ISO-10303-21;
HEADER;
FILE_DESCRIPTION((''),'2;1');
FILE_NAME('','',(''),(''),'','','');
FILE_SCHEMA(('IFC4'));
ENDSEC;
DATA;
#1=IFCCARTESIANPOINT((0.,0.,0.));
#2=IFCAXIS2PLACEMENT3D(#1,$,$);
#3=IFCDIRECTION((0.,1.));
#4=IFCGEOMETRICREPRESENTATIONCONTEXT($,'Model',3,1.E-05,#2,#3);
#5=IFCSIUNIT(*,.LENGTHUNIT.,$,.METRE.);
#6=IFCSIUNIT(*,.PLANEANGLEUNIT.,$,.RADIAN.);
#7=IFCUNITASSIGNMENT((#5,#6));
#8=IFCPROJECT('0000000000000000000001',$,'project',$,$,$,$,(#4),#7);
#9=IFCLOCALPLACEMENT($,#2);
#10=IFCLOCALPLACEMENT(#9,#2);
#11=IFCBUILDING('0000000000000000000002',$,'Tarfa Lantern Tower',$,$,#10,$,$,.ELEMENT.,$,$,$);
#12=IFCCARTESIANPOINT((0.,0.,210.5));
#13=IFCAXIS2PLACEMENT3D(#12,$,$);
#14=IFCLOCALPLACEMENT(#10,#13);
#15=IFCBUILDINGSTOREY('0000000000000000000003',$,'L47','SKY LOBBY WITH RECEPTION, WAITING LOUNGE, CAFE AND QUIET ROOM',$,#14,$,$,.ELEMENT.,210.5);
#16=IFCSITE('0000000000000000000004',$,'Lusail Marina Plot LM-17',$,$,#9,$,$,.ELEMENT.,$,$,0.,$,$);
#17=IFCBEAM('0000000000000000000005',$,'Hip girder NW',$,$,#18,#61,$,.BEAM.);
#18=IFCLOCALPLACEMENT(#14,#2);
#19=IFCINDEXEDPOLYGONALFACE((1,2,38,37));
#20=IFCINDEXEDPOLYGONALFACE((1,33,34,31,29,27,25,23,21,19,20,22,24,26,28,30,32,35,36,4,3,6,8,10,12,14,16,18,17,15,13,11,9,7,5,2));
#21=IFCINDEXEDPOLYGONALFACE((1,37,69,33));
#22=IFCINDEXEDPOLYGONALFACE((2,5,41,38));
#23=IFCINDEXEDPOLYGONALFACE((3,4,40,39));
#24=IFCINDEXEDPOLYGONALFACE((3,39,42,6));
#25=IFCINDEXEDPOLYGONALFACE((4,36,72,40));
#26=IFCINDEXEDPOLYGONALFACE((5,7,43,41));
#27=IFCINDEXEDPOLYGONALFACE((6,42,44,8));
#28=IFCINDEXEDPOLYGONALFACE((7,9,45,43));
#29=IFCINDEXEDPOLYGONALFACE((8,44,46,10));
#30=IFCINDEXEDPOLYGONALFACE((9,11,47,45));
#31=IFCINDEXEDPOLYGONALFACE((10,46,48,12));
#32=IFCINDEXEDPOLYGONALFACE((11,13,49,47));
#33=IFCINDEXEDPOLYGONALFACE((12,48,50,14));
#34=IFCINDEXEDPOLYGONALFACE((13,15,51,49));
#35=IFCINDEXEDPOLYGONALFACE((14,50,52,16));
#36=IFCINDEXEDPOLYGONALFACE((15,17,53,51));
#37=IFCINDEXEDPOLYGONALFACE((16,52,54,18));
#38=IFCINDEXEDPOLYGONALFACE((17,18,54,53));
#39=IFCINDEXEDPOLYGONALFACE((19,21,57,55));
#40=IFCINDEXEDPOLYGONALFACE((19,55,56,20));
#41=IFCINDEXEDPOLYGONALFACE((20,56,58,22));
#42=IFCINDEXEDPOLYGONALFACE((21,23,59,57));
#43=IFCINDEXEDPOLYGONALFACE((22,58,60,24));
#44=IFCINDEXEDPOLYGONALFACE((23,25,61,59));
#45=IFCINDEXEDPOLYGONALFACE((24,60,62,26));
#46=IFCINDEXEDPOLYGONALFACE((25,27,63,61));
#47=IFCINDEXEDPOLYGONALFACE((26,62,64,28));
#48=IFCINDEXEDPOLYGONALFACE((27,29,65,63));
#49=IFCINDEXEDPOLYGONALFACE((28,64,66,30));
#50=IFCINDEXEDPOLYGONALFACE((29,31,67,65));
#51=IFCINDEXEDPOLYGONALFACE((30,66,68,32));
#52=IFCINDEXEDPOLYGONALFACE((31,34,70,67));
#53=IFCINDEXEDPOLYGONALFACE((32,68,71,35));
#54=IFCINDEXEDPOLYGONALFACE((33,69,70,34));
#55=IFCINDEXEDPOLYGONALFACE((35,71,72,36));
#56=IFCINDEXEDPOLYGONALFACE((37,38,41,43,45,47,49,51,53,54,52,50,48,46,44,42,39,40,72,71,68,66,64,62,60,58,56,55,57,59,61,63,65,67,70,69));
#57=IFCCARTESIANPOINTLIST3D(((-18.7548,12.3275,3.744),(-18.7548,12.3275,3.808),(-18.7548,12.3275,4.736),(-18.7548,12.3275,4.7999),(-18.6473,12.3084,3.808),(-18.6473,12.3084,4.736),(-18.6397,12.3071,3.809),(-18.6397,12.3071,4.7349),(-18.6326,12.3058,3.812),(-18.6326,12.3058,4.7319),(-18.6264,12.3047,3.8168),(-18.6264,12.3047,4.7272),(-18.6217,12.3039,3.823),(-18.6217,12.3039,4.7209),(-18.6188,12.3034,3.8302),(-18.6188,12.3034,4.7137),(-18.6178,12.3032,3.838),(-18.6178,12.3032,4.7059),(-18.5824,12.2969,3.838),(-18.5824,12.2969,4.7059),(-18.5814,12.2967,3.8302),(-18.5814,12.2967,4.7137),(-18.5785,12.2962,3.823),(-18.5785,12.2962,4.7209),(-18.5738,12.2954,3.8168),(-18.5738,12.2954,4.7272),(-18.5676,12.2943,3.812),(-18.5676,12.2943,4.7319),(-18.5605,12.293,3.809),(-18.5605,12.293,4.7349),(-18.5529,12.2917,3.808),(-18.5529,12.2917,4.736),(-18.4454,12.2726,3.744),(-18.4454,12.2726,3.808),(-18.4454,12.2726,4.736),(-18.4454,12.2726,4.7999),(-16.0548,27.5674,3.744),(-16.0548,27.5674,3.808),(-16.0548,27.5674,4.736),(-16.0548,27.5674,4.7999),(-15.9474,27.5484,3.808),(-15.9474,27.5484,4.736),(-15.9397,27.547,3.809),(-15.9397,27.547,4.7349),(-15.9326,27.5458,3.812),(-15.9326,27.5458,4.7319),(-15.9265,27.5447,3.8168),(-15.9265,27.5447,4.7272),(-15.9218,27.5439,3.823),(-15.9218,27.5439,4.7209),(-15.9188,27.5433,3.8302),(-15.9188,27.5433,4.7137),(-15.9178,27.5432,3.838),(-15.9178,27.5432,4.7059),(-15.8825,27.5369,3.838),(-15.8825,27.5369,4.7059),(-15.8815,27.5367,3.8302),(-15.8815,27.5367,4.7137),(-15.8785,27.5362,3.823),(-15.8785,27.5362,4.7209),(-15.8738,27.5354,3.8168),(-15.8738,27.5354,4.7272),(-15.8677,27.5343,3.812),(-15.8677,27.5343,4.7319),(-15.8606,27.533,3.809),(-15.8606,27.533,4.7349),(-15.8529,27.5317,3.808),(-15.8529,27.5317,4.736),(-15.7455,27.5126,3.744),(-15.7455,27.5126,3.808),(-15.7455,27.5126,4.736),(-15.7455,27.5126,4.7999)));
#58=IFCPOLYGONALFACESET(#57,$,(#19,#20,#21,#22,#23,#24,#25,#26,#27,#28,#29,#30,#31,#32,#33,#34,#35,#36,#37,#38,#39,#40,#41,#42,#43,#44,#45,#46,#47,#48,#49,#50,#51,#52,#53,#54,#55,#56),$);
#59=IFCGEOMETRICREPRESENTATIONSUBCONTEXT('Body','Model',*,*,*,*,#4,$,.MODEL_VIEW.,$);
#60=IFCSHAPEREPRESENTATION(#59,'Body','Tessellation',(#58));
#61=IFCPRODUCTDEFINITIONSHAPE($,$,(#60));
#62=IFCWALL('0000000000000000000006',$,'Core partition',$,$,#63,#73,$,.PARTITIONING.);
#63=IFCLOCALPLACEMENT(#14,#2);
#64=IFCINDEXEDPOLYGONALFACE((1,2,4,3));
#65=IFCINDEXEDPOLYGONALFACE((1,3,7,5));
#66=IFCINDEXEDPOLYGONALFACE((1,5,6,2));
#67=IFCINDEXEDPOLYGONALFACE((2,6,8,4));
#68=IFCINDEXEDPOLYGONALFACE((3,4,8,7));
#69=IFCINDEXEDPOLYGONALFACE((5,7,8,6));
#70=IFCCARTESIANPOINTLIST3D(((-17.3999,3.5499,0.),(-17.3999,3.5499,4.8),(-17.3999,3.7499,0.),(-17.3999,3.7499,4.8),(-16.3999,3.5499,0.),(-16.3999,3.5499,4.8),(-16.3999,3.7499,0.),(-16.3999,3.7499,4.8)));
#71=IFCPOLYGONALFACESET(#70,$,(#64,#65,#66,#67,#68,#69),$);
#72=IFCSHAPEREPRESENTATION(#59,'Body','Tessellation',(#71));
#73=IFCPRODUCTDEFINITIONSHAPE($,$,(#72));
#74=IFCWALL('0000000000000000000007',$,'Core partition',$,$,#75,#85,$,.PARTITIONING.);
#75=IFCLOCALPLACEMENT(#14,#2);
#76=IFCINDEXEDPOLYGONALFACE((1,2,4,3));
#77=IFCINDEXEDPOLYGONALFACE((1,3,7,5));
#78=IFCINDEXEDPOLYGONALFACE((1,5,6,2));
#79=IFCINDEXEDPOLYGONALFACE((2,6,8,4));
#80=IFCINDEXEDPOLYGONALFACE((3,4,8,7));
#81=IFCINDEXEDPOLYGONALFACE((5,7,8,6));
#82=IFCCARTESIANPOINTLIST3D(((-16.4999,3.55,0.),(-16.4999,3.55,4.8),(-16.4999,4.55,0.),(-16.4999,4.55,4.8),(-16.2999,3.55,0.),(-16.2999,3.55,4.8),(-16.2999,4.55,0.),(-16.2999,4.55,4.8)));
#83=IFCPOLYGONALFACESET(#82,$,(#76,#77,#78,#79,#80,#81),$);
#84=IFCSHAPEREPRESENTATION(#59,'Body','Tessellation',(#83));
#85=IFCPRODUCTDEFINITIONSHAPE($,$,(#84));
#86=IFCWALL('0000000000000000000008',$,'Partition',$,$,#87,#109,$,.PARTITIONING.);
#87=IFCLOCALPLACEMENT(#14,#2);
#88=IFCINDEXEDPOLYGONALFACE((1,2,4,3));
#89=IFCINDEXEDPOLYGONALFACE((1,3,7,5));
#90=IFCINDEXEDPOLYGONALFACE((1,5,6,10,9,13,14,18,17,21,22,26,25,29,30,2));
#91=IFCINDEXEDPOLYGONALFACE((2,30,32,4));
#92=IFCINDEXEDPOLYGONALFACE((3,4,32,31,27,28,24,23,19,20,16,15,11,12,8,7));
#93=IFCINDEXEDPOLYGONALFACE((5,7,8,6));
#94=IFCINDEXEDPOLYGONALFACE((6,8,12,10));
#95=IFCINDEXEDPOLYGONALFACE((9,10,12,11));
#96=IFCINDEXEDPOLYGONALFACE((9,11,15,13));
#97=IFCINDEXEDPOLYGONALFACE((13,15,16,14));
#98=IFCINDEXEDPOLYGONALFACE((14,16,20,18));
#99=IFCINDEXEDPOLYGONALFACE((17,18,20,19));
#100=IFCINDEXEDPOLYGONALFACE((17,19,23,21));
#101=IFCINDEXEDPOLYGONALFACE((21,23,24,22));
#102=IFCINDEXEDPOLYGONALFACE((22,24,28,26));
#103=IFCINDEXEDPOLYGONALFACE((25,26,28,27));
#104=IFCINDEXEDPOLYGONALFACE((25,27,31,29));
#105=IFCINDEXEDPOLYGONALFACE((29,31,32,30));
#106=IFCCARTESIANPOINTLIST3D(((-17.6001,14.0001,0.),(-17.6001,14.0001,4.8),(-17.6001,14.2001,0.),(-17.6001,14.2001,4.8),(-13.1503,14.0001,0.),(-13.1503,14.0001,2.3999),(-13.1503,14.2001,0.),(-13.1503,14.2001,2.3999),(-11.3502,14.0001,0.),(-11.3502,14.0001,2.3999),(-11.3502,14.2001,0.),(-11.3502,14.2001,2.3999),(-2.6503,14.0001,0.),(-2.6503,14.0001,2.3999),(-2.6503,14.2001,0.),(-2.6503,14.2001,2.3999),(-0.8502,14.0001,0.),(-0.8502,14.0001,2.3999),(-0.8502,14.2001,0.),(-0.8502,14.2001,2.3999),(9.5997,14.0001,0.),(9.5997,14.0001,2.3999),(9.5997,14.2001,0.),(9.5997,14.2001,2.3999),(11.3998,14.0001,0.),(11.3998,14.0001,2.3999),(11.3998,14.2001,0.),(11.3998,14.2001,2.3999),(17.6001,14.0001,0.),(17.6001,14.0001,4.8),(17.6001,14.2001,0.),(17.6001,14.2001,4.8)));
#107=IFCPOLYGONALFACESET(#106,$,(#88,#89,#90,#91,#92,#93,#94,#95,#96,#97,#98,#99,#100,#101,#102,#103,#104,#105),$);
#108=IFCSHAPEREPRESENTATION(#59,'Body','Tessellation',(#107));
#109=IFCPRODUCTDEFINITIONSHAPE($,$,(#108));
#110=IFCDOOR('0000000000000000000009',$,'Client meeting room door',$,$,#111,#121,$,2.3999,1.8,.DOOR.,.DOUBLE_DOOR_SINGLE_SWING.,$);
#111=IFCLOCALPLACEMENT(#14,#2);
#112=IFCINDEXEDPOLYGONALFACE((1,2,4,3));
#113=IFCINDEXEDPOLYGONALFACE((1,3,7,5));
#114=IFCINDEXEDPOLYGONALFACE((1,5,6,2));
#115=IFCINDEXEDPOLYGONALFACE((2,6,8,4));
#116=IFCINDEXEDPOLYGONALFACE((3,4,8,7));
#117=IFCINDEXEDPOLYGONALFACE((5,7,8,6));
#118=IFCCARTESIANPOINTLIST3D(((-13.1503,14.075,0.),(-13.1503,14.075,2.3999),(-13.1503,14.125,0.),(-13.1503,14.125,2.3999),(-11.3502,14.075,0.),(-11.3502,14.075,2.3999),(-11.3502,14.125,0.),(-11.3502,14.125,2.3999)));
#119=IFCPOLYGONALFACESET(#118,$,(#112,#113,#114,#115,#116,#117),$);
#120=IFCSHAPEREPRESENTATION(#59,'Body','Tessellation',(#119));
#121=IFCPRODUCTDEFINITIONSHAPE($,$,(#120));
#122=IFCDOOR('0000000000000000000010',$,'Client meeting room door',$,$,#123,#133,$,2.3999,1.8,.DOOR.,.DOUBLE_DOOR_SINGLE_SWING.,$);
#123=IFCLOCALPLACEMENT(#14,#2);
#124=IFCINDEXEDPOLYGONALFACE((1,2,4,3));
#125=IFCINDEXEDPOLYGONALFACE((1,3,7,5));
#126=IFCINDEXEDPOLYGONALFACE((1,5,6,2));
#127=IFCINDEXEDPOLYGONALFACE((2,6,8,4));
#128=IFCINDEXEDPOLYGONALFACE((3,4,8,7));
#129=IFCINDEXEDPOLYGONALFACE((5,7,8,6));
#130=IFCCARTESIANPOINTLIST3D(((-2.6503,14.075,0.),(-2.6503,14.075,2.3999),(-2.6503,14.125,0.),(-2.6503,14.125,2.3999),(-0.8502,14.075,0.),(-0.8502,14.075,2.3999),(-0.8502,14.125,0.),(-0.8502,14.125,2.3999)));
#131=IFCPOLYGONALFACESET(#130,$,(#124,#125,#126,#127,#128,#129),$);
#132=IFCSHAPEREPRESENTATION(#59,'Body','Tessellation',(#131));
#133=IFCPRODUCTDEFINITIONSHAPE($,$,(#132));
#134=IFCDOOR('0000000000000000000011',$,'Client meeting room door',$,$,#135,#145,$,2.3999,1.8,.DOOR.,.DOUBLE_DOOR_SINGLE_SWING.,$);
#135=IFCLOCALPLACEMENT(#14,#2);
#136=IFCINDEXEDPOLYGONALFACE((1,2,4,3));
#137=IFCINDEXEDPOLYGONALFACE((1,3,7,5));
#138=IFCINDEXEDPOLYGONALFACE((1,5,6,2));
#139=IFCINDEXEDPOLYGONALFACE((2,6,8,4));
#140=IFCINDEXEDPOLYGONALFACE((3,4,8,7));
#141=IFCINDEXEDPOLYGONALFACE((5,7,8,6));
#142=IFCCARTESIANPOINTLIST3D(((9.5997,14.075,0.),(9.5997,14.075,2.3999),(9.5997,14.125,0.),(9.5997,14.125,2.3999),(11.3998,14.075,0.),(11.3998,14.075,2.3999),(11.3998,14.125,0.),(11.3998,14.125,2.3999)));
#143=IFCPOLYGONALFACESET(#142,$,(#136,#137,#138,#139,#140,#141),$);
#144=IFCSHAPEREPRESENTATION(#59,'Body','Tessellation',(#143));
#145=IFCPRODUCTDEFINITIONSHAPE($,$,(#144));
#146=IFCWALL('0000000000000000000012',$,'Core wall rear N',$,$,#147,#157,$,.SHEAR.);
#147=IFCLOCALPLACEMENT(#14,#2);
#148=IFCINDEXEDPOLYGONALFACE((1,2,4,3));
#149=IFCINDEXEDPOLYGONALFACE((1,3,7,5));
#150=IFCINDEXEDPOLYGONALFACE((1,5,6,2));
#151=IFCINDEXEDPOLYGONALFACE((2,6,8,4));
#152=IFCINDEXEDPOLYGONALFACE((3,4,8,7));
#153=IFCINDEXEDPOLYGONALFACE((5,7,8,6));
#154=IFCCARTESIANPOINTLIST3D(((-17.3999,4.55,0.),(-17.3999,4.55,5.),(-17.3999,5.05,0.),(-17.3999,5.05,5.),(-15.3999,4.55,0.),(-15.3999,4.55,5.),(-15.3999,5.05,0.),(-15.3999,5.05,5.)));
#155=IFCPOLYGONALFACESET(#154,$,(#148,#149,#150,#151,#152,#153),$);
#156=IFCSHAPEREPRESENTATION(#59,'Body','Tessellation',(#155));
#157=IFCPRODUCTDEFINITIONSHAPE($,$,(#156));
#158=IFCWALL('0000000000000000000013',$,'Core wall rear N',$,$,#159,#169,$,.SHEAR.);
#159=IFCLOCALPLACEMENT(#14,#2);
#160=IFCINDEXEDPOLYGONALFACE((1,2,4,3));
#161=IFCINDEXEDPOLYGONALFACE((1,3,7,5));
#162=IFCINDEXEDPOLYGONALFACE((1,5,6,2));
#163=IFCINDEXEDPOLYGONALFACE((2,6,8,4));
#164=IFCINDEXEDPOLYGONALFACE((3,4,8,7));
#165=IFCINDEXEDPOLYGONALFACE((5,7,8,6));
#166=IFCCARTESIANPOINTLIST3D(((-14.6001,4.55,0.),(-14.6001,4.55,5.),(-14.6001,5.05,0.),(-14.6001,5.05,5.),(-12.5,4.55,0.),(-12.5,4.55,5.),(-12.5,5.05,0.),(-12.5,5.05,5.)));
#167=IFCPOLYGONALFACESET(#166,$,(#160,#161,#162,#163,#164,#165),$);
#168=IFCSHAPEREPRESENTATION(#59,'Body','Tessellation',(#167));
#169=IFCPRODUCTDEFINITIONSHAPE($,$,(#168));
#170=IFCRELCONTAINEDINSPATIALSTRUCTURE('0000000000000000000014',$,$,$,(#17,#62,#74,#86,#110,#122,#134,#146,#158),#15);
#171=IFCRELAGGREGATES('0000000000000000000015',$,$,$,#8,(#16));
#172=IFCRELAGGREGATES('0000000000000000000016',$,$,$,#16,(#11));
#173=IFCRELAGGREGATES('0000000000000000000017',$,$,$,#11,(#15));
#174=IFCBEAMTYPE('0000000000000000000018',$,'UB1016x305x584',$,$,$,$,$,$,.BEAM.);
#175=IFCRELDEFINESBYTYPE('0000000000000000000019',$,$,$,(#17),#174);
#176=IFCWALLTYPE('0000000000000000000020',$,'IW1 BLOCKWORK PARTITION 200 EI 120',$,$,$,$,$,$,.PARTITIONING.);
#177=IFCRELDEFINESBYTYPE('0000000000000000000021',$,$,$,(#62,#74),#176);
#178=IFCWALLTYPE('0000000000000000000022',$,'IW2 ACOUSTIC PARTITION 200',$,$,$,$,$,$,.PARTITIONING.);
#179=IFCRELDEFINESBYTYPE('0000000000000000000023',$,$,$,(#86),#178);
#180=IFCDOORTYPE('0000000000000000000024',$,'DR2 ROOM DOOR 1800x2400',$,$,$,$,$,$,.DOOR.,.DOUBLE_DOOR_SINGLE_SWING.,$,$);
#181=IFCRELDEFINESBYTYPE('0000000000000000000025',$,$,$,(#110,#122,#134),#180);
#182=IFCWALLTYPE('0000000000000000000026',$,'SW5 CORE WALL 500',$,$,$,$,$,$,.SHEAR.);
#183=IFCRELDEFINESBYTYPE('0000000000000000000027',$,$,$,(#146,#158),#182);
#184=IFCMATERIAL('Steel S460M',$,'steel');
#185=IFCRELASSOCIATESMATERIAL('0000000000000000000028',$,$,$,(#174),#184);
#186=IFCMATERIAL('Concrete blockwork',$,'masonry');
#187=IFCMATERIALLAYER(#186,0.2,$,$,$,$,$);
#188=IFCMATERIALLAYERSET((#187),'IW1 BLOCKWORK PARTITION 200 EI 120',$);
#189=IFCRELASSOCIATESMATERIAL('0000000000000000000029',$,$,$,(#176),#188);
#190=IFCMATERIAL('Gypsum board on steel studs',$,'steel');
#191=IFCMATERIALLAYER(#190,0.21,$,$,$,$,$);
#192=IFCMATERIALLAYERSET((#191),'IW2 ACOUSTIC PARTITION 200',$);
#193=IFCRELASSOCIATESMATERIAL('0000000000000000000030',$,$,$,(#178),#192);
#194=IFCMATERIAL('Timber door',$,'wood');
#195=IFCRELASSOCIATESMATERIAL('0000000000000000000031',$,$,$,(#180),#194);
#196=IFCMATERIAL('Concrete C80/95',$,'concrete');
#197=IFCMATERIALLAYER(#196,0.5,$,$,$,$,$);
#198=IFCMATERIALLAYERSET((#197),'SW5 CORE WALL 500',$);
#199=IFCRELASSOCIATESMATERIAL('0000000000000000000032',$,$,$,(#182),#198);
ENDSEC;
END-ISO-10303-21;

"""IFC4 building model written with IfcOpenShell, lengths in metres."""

from ifc_helpers import new_model, si_unit, direction, frame, frame_2d, origin, origin_2d, place, context, subcontext, project, spatial, rectangle, i_section, extrude, material, layer, layer_set, material_profile, profile_set, type_object, element, fill, save


model = new_model("IFC4")

# Units and contexts
model_context = context("Model", 3, precision=1e-05, world=origin(), true_north=direction((0.0, 1.0)))
body_context = subcontext(model_context, "Body", "Model", "MODEL_VIEW")
ifc_project = project(units=[si_unit("LENGTHUNIT", "METRE"), si_unit("PLANEANGLEUNIT", "RADIAN")], contexts=[model_context])

# Site, building, storey
site_placement = place(None, origin())
site = spatial("IfcSite", under=ifc_project, at=site_placement, Name="Lusail Marina Plot LM-17", CompositionType="ELEMENT", RefElevation=0.0)
building_placement = place(site_placement, origin())
building = spatial("IfcBuilding", under=site, at=building_placement, Name="Tarfa Lantern Tower", CompositionType="ELEMENT")
storey_placement = place(building_placement, frame((0.0, 0.0, 210.5)))
storey = spatial("IfcBuildingStorey", under=building, at=storey_placement, Name="L47", Description="SKY LOBBY WITH RECEPTION, WAITING LOUNGE, CAFE AND QUIET ROOM", CompositionType="ELEMENT", Elevation=210.5)

# Beam
ifc_material_1 = material(Name="Steel S460M", Category="steel")
ifc_material_profile = material_profile(ifc_material_1, i_section(OverallWidth=0.3142, OverallDepth=1.0559, WebThickness=0.0359, FlangeThickness=0.064, FilletRadius=0.03, at=origin_2d()), Name="UB1016x305x584")
ifc_profile_set = profile_set([ifc_material_profile], Name="Steel S460M")
beam_type = type_object("IfcBeamType", Name="UB1016x305x584", PredefinedType="BEAM", material=ifc_profile_set)
beam_placement = place(storey_placement, frame((-18.6001, 12.3, 4.272), z_axis=(0.174446, 0.984667, 0.0), x_axis=(-0.984667, 0.174446, 0.0)))
element("IfcBeam", 1, at=beam_placement, inside=storey, type_object=beam_type, Name="Hip girder NW", PredefinedType="BEAM", context=body_context, shape_type="SweptSolid", body=[
    extrude(i_section(OverallWidth=0.3142, OverallDepth=1.0559, WebThickness=0.0359, FlangeThickness=0.064, FilletRadius=0.03, at=origin_2d()), origin(), (0.0, 0.0, 1.0), 15.4773),
])

# Walls
ifc_material_2 = material(Name="Concrete blockwork", Category="masonry")
ifc_layer_1 = layer(ifc_material_2, 0.2)
ifc_layer_set_1 = layer_set([ifc_layer_1], Name="IW1 BLOCKWORK PARTITION 200 EI 120")
wall_type_1 = type_object("IfcWallType", Name="IW1 BLOCKWORK PARTITION 200 EI 120", PredefinedType="PARTITIONING", material=ifc_layer_set_1)
for number, where, z_axis, x_axis, name in (
    (2, (-17.3999, 3.6499, 0.0), (0.0, 0.0, 1.0), (1.0, 0.0, 0.0), "Core partition"),
    (3, (-16.3999, 3.55, 0.0), (0.0, 0.0, 1.0), (0.0, 1.0, 0.0), "Core partition"),
):
    element("IfcWall", number, at=place(storey_placement, frame(where, z_axis=z_axis, x_axis=x_axis)), inside=storey, type_object=wall_type_1, Name=name, PredefinedType="PARTITIONING", context=body_context, shape_type="SweptSolid", body=[
        extrude(rectangle(XDim=1.0, YDim=0.2, at=frame_2d((0.5, 0.0))), origin(), (0.0, 0.0, 1.0), 4.8),
    ])

# Wall, openings, doors
ifc_material_3 = material(Name="Gypsum board on steel studs", Category="steel")
ifc_layer_2 = layer(ifc_material_3, 0.21)
ifc_layer_set_2 = layer_set([ifc_layer_2], Name="IW2 ACOUSTIC PARTITION 200")
wall_type_2 = type_object("IfcWallType", Name="IW2 ACOUSTIC PARTITION 200", PredefinedType="PARTITIONING", material=ifc_layer_set_2)
wall_1_placement = place(storey_placement, frame((-17.6001, 14.1001, 0.0), z_axis=(0.0, 0.0, 1.0), x_axis=(1.0, 0.0, 0.0)))
wall_1 = element("IfcWall", 4, at=wall_1_placement, inside=storey, type_object=wall_type_2, Name="Partition", PredefinedType="PARTITIONING", context=body_context, shape_type="SweptSolid", body=[
    extrude(rectangle(XDim=35.2002, YDim=0.2, at=frame_2d((17.6001, 0.0))), origin(), (0.0, 0.0, 1.0), 4.8),
])
opening_1_placement = place(wall_1_placement, frame((4.45, 0.0, 0.0)))
opening_1 = element("IfcOpeningElement", 5, at=opening_1_placement, cuts=wall_1, PredefinedType="OPENING", context=body_context, shape_type="SweptSolid", body=[
    extrude(rectangle(XDim=1.8, YDim=2.3999, at=frame_2d((0.8999, 1.2))), frame((0.0, 0.1099, 0.0), z_axis=(0.0, -1.0, 0.0), x_axis=(1.0, 0.0, 0.0)), (0.0, 0.0, 1.0), 0.22),
])
opening_2_placement = place(wall_1_placement, frame((14.95, 0.0, 0.0)))
opening_2 = element("IfcOpeningElement", 6, at=opening_2_placement, cuts=wall_1, PredefinedType="OPENING", context=body_context, shape_type="SweptSolid", body=[
    extrude(rectangle(XDim=1.8, YDim=2.3999, at=frame_2d((0.8999, 1.2))), frame((0.0, 0.1099, 0.0), z_axis=(0.0, -1.0, 0.0), x_axis=(1.0, 0.0, 0.0)), (0.0, 0.0, 1.0), 0.22),
])
opening_3_placement = place(wall_1_placement, frame((27.2, 0.0, 0.0)))
opening_3 = element("IfcOpeningElement", 7, at=opening_3_placement, cuts=wall_1, PredefinedType="OPENING", context=body_context, shape_type="SweptSolid", body=[
    extrude(rectangle(XDim=1.8, YDim=2.3999, at=frame_2d((0.8999, 1.2))), frame((0.0, 0.1099, 0.0), z_axis=(0.0, -1.0, 0.0), x_axis=(1.0, 0.0, 0.0)), (0.0, 0.0, 1.0), 0.22),
])
ifc_material_4 = material(Name="Timber door", Category="wood")
door_type_1 = type_object("IfcDoorType", Name="DR2 ROOM DOOR 1800x2400", OperationType="DOUBLE_DOOR_SINGLE_SWING", PredefinedType="DOOR", material=ifc_material_4)
door_1_placement = place(opening_1_placement, origin())
door_1 = element("IfcDoor", 8, at=door_1_placement, inside=storey, type_object=door_type_1, Name="Client meeting room door", OperationType="DOUBLE_DOOR_SINGLE_SWING", OverallHeight=2.3999, OverallWidth=1.8, PredefinedType="DOOR", context=body_context, shape_type="SweptSolid", body=[
    extrude(rectangle(XDim=1.8, YDim=2.3999, at=frame_2d((0.8999, 1.2))), frame((0.0, 0.0249, 0.0), z_axis=(0.0, -1.0, 0.0), x_axis=(1.0, 0.0, 0.0)), (0.0, 0.0, 1.0), 0.05),
])
fill(opening_1, door_1)
door_2_placement = place(opening_2_placement, origin())
door_2 = element("IfcDoor", 9, at=door_2_placement, inside=storey, type_object=door_type_1, Name="Client meeting room door", OperationType="DOUBLE_DOOR_SINGLE_SWING", OverallHeight=2.3999, OverallWidth=1.8, PredefinedType="DOOR", context=body_context, shape_type="SweptSolid", body=[
    extrude(rectangle(XDim=1.8, YDim=2.3999, at=frame_2d((0.8999, 1.2))), frame((0.0, 0.0249, 0.0), z_axis=(0.0, -1.0, 0.0), x_axis=(1.0, 0.0, 0.0)), (0.0, 0.0, 1.0), 0.05),
])
fill(opening_2, door_2)
door_3_placement = place(opening_3_placement, origin())
door_3 = element("IfcDoor", 10, at=door_3_placement, inside=storey, type_object=door_type_1, Name="Client meeting room door", OperationType="DOUBLE_DOOR_SINGLE_SWING", OverallHeight=2.3999, OverallWidth=1.8, PredefinedType="DOOR", context=body_context, shape_type="SweptSolid", body=[
    extrude(rectangle(XDim=1.8, YDim=2.3999, at=frame_2d((0.8999, 1.2))), frame((0.0, 0.0249, 0.0), z_axis=(0.0, -1.0, 0.0), x_axis=(1.0, 0.0, 0.0)), (0.0, 0.0, 1.0), 0.05),
])
fill(opening_3, door_3)

# Shared definitions
ifc_material_5 = material(Name="Concrete C80/95", Category="concrete")

# Walls
ifc_layer_3 = layer(ifc_material_5, 0.5)
ifc_layer_set_3 = layer_set([ifc_layer_3], Name="SW5 CORE WALL 500")
wall_type_3 = type_object("IfcWallType", Name="SW5 CORE WALL 500", PredefinedType="SHEAR", material=ifc_layer_set_3)
wall_2_placement = place(storey_placement, frame((-17.3999, 4.8, 0.0), z_axis=(0.0, 0.0, 1.0), x_axis=(1.0, 0.0, 0.0)))
element("IfcWall", 11, at=wall_2_placement, inside=storey, type_object=wall_type_3, Name="Core wall rear N", PredefinedType="SHEAR", context=body_context, shape_type="SweptSolid", body=[
    extrude(rectangle(XDim=2.0, YDim=0.5, at=frame_2d((1.0, 0.0))), origin(), (0.0, 0.0, 1.0), 5.0),
])
wall_3_placement = place(storey_placement, frame((-14.6001, 4.8, 0.0), z_axis=(0.0, 0.0, 1.0), x_axis=(1.0, 0.0, 0.0)))
element("IfcWall", 12, at=wall_3_placement, inside=storey, type_object=wall_type_3, Name="Core wall rear N", PredefinedType="SHEAR", context=body_context, shape_type="SweptSolid", body=[
    extrude(rectangle(XDim=2.1001, YDim=0.5, at=frame_2d((1.05, 0.0))), origin(), (0.0, 0.0, 1.0), 5.0),
])

save(model, "model.ifc")
